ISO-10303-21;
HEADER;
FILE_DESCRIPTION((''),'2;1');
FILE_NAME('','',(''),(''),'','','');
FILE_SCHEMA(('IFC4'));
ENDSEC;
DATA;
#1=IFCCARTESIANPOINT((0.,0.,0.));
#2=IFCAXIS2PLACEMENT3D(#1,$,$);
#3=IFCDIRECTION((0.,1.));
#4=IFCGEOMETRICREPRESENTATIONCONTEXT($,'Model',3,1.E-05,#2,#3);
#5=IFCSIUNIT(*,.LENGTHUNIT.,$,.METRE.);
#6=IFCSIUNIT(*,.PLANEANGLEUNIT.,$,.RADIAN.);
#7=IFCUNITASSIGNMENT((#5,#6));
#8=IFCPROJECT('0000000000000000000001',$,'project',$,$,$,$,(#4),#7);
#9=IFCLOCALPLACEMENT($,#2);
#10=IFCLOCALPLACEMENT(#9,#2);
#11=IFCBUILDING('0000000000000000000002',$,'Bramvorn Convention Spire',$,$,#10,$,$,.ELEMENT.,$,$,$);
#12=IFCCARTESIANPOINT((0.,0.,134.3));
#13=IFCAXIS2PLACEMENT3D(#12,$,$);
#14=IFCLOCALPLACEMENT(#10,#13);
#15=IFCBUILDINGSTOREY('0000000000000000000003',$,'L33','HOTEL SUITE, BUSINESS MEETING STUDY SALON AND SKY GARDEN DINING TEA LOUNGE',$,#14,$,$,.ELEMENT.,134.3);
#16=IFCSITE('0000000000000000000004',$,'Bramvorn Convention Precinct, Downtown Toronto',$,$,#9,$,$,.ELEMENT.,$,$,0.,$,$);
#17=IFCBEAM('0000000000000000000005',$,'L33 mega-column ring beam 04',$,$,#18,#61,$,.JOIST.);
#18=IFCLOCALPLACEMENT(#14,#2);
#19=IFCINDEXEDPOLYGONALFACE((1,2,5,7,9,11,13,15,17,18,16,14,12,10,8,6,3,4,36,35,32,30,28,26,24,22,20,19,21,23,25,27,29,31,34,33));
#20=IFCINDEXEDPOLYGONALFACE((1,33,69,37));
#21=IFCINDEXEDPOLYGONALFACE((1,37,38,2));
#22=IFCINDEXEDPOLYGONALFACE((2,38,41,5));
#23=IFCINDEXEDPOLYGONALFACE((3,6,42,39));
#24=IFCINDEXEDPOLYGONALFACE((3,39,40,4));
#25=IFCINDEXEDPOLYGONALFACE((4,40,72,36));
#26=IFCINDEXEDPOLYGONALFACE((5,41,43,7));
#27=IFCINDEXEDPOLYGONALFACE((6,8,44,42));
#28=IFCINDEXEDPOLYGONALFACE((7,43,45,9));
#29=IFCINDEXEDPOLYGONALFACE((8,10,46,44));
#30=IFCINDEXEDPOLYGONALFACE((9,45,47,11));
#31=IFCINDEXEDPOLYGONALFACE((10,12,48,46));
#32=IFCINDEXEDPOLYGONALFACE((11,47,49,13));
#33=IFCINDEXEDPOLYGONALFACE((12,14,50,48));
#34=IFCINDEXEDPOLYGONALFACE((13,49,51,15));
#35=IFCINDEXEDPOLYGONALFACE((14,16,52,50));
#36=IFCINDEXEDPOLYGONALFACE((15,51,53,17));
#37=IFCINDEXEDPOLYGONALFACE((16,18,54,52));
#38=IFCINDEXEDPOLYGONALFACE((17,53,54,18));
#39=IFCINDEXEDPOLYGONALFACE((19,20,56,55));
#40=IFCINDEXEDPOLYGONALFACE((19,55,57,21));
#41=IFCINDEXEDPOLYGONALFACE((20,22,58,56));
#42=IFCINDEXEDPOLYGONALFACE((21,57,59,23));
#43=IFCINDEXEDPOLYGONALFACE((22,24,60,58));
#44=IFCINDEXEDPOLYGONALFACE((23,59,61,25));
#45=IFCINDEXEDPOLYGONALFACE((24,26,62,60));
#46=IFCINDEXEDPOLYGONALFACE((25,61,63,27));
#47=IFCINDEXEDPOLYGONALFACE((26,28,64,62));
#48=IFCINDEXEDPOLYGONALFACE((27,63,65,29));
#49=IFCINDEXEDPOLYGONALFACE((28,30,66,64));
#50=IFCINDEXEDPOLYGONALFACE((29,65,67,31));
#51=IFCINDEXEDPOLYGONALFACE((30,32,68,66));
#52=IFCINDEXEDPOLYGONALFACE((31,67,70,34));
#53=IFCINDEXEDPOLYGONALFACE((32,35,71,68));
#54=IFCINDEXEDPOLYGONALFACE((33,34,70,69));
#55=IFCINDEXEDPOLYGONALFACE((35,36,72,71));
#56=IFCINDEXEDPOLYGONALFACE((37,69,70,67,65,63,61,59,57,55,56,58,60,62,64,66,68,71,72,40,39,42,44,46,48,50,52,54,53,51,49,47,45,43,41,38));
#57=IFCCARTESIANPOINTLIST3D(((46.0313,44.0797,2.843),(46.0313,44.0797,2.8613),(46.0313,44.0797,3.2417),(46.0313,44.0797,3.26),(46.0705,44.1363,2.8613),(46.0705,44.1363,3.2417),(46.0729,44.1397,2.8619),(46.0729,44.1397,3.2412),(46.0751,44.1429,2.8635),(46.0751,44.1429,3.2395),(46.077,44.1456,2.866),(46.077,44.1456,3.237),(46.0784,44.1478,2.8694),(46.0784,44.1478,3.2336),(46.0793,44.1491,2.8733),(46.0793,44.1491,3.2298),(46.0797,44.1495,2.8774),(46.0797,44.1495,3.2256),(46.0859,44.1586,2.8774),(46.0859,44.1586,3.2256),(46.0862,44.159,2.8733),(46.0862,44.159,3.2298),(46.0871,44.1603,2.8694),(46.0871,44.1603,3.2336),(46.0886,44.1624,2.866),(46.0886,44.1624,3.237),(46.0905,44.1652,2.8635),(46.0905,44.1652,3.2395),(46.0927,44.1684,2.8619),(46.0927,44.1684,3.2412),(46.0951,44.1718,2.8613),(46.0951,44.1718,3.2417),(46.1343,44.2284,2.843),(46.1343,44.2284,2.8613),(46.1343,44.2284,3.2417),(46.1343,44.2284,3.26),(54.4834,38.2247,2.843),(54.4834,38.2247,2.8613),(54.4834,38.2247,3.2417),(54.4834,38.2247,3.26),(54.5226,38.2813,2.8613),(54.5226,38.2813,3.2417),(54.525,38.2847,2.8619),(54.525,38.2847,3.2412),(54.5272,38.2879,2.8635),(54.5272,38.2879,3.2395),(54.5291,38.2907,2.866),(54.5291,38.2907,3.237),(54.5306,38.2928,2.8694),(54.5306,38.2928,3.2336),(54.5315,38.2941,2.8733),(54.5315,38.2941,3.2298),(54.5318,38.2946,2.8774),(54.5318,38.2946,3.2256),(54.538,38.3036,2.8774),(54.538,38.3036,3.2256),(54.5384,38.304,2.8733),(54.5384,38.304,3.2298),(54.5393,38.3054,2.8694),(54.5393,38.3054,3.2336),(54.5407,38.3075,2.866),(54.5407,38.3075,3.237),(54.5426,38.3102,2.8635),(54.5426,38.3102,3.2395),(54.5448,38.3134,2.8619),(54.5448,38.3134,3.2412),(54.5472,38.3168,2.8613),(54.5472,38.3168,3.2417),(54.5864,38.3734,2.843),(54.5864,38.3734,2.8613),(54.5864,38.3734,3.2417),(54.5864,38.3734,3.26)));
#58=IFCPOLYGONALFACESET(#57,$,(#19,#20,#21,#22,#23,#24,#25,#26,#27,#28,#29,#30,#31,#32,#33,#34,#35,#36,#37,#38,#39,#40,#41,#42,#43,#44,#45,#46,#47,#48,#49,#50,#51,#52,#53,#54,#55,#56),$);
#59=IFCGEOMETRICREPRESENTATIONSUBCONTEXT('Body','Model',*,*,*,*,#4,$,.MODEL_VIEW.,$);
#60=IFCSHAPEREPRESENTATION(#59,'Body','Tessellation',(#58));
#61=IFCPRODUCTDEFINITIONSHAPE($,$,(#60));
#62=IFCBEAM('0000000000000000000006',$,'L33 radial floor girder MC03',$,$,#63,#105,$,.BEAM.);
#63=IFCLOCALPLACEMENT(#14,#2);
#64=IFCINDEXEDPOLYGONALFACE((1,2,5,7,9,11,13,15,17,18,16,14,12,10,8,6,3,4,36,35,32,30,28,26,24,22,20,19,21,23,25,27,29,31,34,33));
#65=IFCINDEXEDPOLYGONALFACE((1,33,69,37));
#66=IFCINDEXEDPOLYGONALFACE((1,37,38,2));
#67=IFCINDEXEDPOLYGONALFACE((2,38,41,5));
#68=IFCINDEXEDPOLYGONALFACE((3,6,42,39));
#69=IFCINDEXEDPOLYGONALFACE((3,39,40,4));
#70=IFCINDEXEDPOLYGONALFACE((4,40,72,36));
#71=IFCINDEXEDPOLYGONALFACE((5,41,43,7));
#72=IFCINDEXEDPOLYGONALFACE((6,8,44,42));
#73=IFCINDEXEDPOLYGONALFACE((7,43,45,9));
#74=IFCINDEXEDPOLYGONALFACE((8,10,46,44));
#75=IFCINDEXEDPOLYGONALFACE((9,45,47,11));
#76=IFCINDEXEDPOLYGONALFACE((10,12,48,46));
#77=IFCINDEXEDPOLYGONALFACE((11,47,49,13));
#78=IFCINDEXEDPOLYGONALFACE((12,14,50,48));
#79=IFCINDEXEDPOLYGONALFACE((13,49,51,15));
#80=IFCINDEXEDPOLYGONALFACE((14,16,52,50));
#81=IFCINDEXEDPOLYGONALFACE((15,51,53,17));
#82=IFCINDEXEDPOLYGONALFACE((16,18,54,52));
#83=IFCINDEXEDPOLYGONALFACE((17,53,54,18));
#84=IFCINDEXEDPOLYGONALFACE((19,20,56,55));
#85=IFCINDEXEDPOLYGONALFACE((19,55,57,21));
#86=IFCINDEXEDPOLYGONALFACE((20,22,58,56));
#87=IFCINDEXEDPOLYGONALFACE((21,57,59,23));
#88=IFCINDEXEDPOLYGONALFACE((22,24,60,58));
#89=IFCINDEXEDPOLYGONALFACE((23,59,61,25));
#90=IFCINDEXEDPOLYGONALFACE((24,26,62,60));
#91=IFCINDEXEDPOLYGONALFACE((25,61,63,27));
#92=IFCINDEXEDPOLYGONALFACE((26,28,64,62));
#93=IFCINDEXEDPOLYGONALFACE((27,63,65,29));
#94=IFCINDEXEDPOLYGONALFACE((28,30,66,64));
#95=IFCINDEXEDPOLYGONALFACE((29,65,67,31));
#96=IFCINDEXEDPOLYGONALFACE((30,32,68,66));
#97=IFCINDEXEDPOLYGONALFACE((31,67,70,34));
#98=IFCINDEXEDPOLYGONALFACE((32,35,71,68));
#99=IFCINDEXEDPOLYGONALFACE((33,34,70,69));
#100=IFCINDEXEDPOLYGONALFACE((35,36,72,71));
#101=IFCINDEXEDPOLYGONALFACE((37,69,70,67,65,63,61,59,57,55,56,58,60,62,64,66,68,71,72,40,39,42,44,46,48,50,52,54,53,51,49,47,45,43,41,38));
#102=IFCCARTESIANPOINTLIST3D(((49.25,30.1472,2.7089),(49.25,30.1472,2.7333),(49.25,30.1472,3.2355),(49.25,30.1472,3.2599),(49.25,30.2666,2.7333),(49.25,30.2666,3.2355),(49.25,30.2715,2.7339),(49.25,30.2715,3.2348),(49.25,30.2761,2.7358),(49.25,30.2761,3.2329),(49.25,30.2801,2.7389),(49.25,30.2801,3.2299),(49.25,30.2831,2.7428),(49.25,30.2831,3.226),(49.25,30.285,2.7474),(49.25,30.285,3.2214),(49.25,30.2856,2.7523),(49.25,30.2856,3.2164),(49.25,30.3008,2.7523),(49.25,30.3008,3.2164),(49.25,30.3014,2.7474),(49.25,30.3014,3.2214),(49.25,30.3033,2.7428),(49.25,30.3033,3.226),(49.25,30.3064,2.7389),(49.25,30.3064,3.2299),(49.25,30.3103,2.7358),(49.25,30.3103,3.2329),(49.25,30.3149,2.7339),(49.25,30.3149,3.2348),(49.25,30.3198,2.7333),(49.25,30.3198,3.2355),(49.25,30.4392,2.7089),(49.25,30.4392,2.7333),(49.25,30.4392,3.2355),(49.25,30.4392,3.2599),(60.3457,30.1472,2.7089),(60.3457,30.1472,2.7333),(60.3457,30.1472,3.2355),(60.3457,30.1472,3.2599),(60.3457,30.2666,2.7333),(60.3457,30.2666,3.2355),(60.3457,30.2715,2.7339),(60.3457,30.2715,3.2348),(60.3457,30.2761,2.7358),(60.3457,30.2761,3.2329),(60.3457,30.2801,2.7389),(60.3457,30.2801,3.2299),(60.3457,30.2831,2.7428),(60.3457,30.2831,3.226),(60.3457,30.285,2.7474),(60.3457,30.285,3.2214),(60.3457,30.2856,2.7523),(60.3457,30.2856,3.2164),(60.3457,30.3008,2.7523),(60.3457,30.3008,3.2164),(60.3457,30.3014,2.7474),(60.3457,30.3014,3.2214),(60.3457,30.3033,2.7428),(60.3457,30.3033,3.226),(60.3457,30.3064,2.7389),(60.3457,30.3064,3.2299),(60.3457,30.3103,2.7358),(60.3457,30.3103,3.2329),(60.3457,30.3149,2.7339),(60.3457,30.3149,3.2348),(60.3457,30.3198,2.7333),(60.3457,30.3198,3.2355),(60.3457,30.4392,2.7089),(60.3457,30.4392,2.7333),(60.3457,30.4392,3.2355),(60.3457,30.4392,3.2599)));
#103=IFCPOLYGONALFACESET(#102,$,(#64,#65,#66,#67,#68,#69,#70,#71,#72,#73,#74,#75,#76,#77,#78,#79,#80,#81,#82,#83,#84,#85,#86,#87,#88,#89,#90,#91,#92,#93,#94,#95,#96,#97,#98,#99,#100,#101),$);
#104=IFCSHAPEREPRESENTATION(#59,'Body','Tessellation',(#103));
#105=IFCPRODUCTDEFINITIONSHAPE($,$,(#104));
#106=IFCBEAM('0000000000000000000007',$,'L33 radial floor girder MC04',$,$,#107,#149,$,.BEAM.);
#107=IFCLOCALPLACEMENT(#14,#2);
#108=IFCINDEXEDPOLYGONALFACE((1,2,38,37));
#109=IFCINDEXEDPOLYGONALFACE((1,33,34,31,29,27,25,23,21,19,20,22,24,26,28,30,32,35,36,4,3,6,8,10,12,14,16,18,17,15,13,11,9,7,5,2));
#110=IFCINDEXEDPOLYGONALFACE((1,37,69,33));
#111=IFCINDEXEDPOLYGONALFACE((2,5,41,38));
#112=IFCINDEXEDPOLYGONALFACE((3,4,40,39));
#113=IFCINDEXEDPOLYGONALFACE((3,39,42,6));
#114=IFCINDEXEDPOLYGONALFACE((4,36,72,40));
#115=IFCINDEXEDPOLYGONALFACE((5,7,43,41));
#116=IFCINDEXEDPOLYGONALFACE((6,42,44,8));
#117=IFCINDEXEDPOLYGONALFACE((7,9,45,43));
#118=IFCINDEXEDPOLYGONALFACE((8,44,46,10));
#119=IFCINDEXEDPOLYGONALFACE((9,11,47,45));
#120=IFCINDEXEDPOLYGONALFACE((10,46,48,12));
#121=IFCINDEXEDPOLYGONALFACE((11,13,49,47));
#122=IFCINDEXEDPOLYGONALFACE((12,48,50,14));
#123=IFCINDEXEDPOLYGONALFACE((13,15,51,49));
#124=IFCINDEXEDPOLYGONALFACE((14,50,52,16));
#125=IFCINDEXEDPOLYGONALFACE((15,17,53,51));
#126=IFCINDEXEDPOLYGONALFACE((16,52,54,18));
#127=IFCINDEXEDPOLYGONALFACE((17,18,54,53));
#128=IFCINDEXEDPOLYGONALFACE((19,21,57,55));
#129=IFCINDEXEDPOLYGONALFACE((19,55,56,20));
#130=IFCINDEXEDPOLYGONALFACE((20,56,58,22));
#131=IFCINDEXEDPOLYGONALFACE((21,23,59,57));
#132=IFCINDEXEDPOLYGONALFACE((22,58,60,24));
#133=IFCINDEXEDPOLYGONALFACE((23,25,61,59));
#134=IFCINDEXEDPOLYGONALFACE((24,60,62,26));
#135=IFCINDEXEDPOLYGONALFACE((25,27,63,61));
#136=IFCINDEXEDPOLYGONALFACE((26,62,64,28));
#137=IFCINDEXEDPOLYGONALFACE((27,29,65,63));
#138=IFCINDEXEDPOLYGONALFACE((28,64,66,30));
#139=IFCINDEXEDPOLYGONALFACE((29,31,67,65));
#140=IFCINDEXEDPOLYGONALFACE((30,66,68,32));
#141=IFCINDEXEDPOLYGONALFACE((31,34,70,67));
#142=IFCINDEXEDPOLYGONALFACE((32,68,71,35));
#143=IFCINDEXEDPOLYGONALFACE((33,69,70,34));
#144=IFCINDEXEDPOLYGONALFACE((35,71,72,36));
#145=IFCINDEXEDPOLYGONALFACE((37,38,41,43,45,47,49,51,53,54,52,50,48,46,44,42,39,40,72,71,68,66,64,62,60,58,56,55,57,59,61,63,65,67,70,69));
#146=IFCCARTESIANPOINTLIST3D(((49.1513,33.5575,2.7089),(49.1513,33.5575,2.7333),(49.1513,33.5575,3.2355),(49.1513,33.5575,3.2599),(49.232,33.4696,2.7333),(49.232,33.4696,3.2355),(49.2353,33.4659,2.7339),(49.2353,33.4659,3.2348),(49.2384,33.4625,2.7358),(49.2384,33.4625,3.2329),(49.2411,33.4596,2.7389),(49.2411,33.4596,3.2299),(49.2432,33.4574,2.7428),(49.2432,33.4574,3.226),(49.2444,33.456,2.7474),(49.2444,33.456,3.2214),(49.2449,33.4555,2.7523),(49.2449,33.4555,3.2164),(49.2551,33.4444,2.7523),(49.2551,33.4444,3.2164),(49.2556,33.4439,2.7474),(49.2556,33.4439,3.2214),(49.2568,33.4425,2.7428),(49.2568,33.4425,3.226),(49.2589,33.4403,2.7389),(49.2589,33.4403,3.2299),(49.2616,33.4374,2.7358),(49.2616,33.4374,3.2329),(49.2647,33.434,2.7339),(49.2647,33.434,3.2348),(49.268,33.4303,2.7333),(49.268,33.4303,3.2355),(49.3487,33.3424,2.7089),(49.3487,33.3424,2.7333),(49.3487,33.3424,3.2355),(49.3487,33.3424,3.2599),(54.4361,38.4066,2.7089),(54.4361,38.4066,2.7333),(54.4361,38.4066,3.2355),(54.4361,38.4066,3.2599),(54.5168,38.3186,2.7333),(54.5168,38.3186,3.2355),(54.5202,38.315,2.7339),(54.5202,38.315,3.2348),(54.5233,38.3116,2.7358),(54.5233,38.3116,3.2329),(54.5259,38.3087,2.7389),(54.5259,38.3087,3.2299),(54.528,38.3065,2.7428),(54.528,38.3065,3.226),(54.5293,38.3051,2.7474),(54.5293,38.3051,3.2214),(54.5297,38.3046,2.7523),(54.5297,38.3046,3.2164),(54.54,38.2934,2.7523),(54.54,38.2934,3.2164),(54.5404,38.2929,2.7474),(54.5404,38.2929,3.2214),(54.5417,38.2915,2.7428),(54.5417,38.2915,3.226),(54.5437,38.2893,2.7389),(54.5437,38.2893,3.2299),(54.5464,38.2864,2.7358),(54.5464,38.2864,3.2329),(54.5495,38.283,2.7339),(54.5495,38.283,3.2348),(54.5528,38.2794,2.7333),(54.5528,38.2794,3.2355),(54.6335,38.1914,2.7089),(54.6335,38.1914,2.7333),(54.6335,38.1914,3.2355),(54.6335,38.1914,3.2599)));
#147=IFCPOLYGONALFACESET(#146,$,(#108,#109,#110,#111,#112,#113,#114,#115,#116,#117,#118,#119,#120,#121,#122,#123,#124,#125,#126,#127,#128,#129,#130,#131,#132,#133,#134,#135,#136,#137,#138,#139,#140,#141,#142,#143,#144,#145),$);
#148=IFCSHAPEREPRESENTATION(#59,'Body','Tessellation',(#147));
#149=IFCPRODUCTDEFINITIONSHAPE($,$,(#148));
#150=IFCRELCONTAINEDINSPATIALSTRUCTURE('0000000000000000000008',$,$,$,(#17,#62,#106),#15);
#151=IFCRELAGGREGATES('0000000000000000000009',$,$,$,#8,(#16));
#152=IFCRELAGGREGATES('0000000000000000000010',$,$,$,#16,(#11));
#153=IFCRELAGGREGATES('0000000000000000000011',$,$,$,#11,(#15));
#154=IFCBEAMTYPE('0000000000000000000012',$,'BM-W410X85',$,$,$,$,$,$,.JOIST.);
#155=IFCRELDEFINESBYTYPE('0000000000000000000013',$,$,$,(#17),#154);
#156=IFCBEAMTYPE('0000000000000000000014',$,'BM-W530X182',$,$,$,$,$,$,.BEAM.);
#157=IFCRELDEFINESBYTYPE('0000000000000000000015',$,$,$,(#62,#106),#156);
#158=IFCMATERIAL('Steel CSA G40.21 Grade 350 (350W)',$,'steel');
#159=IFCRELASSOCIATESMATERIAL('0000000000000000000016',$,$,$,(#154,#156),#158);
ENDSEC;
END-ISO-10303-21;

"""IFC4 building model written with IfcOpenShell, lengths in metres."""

from ifc_helpers import new_model, si_unit, direction, frame, origin, origin_2d, place, context, subcontext, project, spatial, i_section, extrude, material, material_profile, profile_set, type_object, element, save


model = new_model("IFC4")

# Units and contexts
model_context = context("Model", 3, precision=1e-05, world=origin(), true_north=direction((0.0, 1.0)))
body_context = subcontext(model_context, "Body", "Model", "MODEL_VIEW")
ifc_project = project(units=[si_unit("LENGTHUNIT", "METRE"), si_unit("PLANEANGLEUNIT", "RADIAN")], contexts=[model_context])

# Site, building, storey
site_placement = place(None, origin())
site = spatial("IfcSite", under=ifc_project, at=site_placement, Name="Bramvorn Convention Precinct, Downtown Toronto", CompositionType="ELEMENT", RefElevation=0.0)
building_placement = place(site_placement, origin())
building = spatial("IfcBuilding", under=site, at=building_placement, Name="Bramvorn Convention Spire", CompositionType="ELEMENT")
storey_placement = place(building_placement, frame((0.0, 0.0, 134.3)))
storey = spatial("IfcBuildingStorey", under=building, at=storey_placement, Name="L33", Description="HOTEL SUITE, BUSINESS MEETING STUDY SALON AND SKY GARDEN DINING TEA LOUNGE", CompositionType="ELEMENT", Elevation=134.3)

# Shared definitions
ifc_material_1 = material(Name="Steel CSA G40.21 Grade 350 (350W)", Category="steel")

# Beams
ifc_material_profile_1 = material_profile(ifc_material_1, i_section(OverallWidth=0.1809, OverallDepth=0.417, WebThickness=0.011, FlangeThickness=0.0183, FilletRadius=0.0161, at=origin_2d()))
ifc_profile_set_1 = profile_set([ifc_material_profile_1], Name="Steel CSA G40.21 Grade 350 (350W) - W410X85")
beam_type_1 = type_object("IfcBeamType", Name="BM-W410X85", PredefinedType="JOIST", material=ifc_profile_set_1)
beam_1_placement = place(storey_placement, frame((54.5349, 38.2991, 3.0515), z_axis=(-0.822033, 0.56944, 0.0), x_axis=(-0.56944, -0.822033, 0.0)))
element("IfcBeam", 1, at=beam_1_placement, inside=storey, type_object=beam_type_1, Name="L33 mega-column ring beam 04", PredefinedType="JOIST", context=body_context, shape_type="SweptSolid", body=[
    extrude(i_section(OverallWidth=0.1809, OverallDepth=0.417, WebThickness=0.011, FlangeThickness=0.0183, FilletRadius=0.0161, at=origin_2d()), origin(), (0.0, 0.0, 1.0), 10.282),
])
ifc_material_profile_2 = material_profile(ifc_material_1, i_section(OverallWidth=0.292, OverallDepth=0.551, WebThickness=0.0151, FlangeThickness=0.0244, FilletRadius=0.019, at=origin_2d()))
ifc_profile_set_2 = profile_set([ifc_material_profile_2], Name="Steel CSA G40.21 Grade 350 (350W) - W530X182")
beam_type_2 = type_object("IfcBeamType", Name="BM-W530X182", PredefinedType="BEAM", material=ifc_profile_set_2)
beam_2_placement = place(storey_placement, frame((49.25, 30.2932, 2.9844), z_axis=(1.0, 0.0, 0.0), x_axis=(0.0, 1.0, 0.0)))
element("IfcBeam", 2, at=beam_2_placement, inside=storey, type_object=beam_type_2, Name="L33 radial floor girder MC03", PredefinedType="BEAM", context=body_context, shape_type="SweptSolid", body=[
    extrude(i_section(OverallWidth=0.292, OverallDepth=0.551, WebThickness=0.0151, FlangeThickness=0.0244, FilletRadius=0.019, at=origin_2d()), origin(), (0.0, 0.0, 1.0), 11.0957),
])
beam_3_placement = place(storey_placement, frame((49.25, 33.45, 2.9844), z_axis=(0.736833, 0.676074, 0.0), x_axis=(-0.676074, 0.736833, 0.0)))
element("IfcBeam", 3, at=beam_3_placement, inside=storey, type_object=beam_type_2, Name="L33 radial floor girder MC04", PredefinedType="BEAM", context=body_context, shape_type="SweptSolid", body=[
    extrude(i_section(OverallWidth=0.292, OverallDepth=0.551, WebThickness=0.0151, FlangeThickness=0.0244, FilletRadius=0.019, at=origin_2d()), origin(), (0.0, 0.0, 1.0), 7.1724),
])

save(model, "model.ifc")
